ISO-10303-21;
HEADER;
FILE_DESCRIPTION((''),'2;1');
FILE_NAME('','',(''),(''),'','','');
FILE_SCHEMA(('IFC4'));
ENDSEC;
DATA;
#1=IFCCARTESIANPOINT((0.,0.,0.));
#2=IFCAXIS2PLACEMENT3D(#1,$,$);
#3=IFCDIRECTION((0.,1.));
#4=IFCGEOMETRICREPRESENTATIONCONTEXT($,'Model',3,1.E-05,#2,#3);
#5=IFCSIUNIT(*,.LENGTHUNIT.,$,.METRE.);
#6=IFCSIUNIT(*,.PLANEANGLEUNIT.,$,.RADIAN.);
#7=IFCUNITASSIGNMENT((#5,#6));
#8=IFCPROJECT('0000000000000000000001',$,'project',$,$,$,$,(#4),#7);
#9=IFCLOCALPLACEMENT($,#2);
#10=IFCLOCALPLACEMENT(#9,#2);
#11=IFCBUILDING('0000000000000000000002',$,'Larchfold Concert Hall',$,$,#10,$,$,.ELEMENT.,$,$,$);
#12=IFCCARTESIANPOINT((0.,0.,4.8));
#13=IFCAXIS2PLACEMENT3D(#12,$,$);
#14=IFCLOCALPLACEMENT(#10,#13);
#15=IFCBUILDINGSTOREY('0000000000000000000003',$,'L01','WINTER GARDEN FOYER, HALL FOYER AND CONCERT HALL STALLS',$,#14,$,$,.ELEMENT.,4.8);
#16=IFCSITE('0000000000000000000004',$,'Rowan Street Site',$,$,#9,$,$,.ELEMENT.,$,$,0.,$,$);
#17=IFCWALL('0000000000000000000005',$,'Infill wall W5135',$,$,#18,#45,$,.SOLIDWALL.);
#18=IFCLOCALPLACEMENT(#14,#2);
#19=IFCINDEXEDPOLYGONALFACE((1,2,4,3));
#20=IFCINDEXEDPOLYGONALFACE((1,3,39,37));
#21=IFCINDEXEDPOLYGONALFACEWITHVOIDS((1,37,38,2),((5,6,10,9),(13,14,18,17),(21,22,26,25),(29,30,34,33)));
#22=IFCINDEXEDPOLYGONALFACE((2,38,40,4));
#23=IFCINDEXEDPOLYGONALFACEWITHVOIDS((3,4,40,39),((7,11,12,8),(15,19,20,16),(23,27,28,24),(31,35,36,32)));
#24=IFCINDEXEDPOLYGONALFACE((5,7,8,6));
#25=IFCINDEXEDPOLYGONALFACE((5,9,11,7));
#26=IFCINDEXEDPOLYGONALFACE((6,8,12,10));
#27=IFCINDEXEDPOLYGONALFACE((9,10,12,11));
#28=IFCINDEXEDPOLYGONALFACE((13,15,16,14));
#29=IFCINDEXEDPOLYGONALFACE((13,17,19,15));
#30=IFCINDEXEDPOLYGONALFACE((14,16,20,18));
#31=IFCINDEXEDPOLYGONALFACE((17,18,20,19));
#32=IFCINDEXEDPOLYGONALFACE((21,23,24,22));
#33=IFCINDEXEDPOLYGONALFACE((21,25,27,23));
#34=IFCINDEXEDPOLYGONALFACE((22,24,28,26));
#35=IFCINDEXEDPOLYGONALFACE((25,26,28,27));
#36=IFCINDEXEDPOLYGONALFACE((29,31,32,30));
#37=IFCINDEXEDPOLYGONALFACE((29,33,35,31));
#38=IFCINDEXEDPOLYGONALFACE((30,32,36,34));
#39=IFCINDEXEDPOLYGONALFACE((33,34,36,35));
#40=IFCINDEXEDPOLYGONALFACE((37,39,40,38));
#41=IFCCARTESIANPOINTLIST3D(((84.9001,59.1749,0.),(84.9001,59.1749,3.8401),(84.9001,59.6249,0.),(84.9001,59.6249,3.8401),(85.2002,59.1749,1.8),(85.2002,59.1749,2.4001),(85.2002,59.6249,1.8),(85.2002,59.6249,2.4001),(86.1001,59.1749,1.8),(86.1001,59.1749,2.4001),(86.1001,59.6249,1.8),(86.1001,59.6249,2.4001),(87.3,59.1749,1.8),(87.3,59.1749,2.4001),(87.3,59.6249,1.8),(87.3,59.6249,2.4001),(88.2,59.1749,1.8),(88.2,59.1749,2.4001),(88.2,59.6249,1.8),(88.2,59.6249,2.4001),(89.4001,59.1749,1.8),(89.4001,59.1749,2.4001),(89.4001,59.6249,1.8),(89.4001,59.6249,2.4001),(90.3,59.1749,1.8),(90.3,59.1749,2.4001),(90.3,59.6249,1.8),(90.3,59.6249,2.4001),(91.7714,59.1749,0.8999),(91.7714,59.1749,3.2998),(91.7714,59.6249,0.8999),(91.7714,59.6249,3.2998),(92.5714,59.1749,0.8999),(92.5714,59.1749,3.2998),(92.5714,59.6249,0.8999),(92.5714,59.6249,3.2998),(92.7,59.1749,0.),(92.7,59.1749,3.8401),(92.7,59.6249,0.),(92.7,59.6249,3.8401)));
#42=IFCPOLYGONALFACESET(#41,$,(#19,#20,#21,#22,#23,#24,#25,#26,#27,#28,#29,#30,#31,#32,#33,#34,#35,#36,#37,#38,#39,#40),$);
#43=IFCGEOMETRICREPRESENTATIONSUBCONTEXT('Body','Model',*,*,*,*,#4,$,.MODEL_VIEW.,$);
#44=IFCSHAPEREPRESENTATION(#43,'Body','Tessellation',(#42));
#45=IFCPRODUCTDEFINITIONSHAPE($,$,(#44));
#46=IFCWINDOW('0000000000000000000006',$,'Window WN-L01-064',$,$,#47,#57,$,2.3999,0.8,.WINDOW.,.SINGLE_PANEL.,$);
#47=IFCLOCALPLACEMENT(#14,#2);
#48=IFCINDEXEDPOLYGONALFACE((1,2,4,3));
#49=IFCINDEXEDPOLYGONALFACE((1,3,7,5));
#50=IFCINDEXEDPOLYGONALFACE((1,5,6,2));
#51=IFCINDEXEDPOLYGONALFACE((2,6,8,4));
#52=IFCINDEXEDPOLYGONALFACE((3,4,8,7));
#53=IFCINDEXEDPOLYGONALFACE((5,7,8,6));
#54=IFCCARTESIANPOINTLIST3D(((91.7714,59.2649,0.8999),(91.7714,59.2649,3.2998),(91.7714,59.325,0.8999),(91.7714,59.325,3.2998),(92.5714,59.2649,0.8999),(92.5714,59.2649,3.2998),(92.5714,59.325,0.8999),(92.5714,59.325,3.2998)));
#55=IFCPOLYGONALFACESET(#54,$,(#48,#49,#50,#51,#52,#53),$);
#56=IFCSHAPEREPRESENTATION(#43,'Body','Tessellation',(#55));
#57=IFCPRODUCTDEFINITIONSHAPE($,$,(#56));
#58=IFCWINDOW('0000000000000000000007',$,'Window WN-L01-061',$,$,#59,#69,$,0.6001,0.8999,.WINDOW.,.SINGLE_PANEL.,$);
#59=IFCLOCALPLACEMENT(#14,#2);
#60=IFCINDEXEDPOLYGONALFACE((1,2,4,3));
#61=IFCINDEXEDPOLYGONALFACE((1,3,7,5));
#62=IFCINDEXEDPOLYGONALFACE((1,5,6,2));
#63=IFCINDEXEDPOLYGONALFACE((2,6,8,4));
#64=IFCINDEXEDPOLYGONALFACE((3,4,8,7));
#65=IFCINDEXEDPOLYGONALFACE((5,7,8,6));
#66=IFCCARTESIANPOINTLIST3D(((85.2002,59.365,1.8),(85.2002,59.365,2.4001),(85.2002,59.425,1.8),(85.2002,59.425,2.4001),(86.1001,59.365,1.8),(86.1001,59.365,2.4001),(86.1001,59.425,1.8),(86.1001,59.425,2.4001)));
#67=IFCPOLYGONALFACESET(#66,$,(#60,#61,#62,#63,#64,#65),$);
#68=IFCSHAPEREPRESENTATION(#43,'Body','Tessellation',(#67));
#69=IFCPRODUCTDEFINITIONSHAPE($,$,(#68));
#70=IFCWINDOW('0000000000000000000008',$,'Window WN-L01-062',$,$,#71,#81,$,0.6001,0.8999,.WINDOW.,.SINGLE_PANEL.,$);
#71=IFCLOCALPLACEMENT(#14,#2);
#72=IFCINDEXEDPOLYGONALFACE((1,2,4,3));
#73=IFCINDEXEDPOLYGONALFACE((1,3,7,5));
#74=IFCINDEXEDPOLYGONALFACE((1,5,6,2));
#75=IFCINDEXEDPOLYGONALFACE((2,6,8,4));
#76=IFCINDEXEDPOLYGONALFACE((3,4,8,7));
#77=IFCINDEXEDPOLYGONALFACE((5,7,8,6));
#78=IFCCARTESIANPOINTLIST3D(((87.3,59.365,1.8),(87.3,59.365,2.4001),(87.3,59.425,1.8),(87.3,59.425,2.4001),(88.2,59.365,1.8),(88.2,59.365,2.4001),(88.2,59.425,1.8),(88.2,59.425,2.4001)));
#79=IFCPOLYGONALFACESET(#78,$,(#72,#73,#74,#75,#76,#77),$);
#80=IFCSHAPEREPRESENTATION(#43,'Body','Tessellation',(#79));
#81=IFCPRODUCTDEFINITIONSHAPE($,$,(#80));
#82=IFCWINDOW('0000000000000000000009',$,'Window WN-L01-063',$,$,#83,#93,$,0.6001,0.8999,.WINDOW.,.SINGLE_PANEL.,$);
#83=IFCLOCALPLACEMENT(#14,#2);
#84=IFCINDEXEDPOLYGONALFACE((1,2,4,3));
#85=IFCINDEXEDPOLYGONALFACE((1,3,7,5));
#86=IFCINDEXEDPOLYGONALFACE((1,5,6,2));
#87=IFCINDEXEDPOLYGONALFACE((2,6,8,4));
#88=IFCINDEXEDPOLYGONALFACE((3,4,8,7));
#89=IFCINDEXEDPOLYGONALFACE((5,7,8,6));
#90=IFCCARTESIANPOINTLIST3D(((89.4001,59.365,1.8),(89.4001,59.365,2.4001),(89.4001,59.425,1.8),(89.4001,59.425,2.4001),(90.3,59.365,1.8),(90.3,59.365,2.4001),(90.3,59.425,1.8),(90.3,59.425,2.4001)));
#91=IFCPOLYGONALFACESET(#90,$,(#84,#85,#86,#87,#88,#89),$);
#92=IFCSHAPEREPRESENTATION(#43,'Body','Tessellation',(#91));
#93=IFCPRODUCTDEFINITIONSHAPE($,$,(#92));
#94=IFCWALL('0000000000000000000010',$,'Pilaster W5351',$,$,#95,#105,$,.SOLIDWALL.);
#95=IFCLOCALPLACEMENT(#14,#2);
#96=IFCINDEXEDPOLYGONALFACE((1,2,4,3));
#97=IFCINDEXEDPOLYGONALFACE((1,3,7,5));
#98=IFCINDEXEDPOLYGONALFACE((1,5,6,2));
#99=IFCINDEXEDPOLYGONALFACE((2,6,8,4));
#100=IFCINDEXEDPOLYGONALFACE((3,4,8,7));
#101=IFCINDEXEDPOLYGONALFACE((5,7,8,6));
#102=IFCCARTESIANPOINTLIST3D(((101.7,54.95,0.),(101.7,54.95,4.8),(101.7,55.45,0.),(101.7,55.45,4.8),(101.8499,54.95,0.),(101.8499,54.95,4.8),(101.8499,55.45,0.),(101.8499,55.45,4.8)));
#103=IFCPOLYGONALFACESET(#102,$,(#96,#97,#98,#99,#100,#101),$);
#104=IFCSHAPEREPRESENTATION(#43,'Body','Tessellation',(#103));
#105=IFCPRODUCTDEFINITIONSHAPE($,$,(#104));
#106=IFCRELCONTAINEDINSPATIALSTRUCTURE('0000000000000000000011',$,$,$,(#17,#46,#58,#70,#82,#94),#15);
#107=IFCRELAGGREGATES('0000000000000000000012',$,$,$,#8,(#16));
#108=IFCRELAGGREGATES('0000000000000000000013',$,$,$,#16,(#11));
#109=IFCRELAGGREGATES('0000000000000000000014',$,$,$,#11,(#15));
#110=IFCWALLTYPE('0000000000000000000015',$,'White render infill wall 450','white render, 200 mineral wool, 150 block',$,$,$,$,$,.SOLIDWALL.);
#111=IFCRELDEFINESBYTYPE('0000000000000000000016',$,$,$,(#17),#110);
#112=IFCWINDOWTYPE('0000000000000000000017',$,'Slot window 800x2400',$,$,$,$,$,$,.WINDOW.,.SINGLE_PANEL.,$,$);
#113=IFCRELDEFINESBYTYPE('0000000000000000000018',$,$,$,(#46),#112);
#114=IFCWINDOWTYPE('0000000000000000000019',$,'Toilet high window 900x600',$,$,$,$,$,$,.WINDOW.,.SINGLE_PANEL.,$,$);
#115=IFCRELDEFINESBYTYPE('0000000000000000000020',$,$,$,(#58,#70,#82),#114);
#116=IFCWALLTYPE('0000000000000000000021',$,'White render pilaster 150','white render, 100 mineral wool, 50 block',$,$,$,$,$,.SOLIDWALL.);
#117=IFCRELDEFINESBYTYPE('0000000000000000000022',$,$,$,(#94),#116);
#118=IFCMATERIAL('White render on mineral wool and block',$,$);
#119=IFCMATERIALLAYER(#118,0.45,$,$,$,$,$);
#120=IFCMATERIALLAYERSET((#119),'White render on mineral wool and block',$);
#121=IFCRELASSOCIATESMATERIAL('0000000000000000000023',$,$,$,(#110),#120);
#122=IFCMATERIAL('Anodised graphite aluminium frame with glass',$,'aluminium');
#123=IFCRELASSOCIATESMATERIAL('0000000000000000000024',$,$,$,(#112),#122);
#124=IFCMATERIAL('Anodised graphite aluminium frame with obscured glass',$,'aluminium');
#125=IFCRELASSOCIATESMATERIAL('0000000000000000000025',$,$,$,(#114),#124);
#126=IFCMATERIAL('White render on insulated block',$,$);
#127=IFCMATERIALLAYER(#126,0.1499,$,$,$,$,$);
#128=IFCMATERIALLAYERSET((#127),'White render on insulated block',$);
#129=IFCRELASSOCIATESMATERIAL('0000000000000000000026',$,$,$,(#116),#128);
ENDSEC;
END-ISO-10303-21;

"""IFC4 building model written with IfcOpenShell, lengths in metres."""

from ifc_helpers import new_model, si_unit, direction, frame, frame_2d, origin, place, context, subcontext, project, spatial, rectangle, extrude, material, layer, layer_set, type_object, element, fill, save


model = new_model("IFC4")

# Units and contexts
model_context = context("Model", 3, precision=1e-05, world=origin(), true_north=direction((0.0, 1.0)))
body_context = subcontext(model_context, "Body", "Model", "MODEL_VIEW")
ifc_project = project(units=[si_unit("LENGTHUNIT", "METRE"), si_unit("PLANEANGLEUNIT", "RADIAN")], contexts=[model_context])

# Site, building, storey
site_placement = place(None, origin())
site = spatial("IfcSite", under=ifc_project, at=site_placement, Name="Rowan Street Site", CompositionType="ELEMENT", RefElevation=0.0)
building_placement = place(site_placement, origin())
building = spatial("IfcBuilding", under=site, at=building_placement, Name="Larchfold Concert Hall", CompositionType="ELEMENT")
storey_placement = place(building_placement, frame((0.0, 0.0, 4.8)))
storey = spatial("IfcBuildingStorey", under=building, at=storey_placement, Name="L01", Description="WINTER GARDEN FOYER, HALL FOYER AND CONCERT HALL STALLS", CompositionType="ELEMENT", Elevation=4.8)

# Wall, openings, windows
ifc_material_1 = material(Name="White render on mineral wool and block")
ifc_layer_1 = layer(ifc_material_1, 0.45)
ifc_layer_set_1 = layer_set([ifc_layer_1], Name="White render on mineral wool and block")
wall_type_1 = type_object("IfcWallType", Name="White render infill wall 450", Description="white render, 200 mineral wool, 150 block", PredefinedType="SOLIDWALL", material=ifc_layer_set_1)
wall_1_placement = place(storey_placement, frame((92.7, 59.3999, 0.0), z_axis=(0.0, 0.0, 1.0), x_axis=(-1.0, 0.0, 0.0)))
wall_1 = element("IfcWall", 1, at=wall_1_placement, inside=storey, type_object=wall_type_1, Name="Infill wall W5135", PredefinedType="SOLIDWALL", context=body_context, shape_type="SweptSolid", body=[
    extrude(rectangle(XDim=7.7998, YDim=0.45, at=frame_2d((3.8999, 0.0))), origin(), (0.0, 0.0, 1.0), 3.8401),
])
opening_1_placement = place(wall_1_placement, frame((6.5999, 0.0, 1.8)))
opening_1 = element("IfcOpeningElement", 2, at=opening_1_placement, cuts=wall_1, PredefinedType="OPENING", context=body_context, shape_type="SweptSolid", body=[
    extrude(rectangle(XDim=0.8999, YDim=0.6001, at=frame_2d((0.45, 0.3))), frame((0.0, 0.2349, 0.0), z_axis=(0.0, -1.0, 0.0), x_axis=(1.0, 0.0, 0.0)), (0.0, 0.0, 1.0), 0.47),
])
opening_2_placement = place(wall_1_placement, frame((4.5, 0.0, 1.8)))
opening_2 = element("IfcOpeningElement", 3, at=opening_2_placement, cuts=wall_1, PredefinedType="OPENING", context=body_context, shape_type="SweptSolid", body=[
    extrude(rectangle(XDim=0.8999, YDim=0.6001, at=frame_2d((0.45, 0.3))), frame((0.0, 0.2349, 0.0), z_axis=(0.0, -1.0, 0.0), x_axis=(1.0, 0.0, 0.0)), (0.0, 0.0, 1.0), 0.47),
])
opening_3_placement = place(wall_1_placement, frame((2.3999, 0.0, 1.8)))
opening_3 = element("IfcOpeningElement", 4, at=opening_3_placement, cuts=wall_1, PredefinedType="OPENING", context=body_context, shape_type="SweptSolid", body=[
    extrude(rectangle(XDim=0.8999, YDim=0.6001, at=frame_2d((0.45, 0.3))), frame((0.0, 0.2349, 0.0), z_axis=(0.0, -1.0, 0.0), x_axis=(1.0, 0.0, 0.0)), (0.0, 0.0, 1.0), 0.47),
])
opening_4_placement = place(wall_1_placement, frame((0.1287, 0.0, 0.8999)))
opening_4 = element("IfcOpeningElement", 5, at=opening_4_placement, cuts=wall_1, PredefinedType="OPENING", context=body_context, shape_type="SweptSolid", body=[
    extrude(rectangle(XDim=0.8, YDim=2.3999, at=frame_2d((0.3999, 1.2))), frame((0.0, 0.2349, 0.0), z_axis=(0.0, -1.0, 0.0), x_axis=(1.0, 0.0, 0.0)), (0.0, 0.0, 1.0), 0.47),
])
ifc_material_2 = material(Name="Anodised graphite aluminium frame with glass", Category="aluminium")
window_type_1 = type_object("IfcWindowType", Name="Slot window 800x2400", PartitioningType="SINGLE_PANEL", PredefinedType="WINDOW", material=ifc_material_2)
window_1_placement = place(opening_4_placement, origin())
window_1 = element("IfcWindow", 6, at=window_1_placement, inside=storey, type_object=window_type_1, Name="Window WN-L01-064", OverallHeight=2.3999, OverallWidth=0.8, PartitioningType="SINGLE_PANEL", PredefinedType="WINDOW", context=body_context, shape_type="SweptSolid", body=[
    extrude(rectangle(XDim=0.8, YDim=2.3999, at=frame_2d((0.3999, 1.2))), frame((0.0, 0.135, 0.0), z_axis=(0.0, -1.0, 0.0), x_axis=(1.0, 0.0, 0.0)), (0.0, 0.0, 1.0), 0.0601),
])
fill(opening_4, window_1)
ifc_material_3 = material(Name="Anodised graphite aluminium frame with obscured glass", Category="aluminium")
window_type_2 = type_object("IfcWindowType", Name="Toilet high window 900x600", PartitioningType="SINGLE_PANEL", PredefinedType="WINDOW", material=ifc_material_3)
window_2_placement = place(opening_1_placement, origin())
window_2 = element("IfcWindow", 7, at=window_2_placement, inside=storey, type_object=window_type_2, Name="Window WN-L01-061", OverallHeight=0.6001, OverallWidth=0.8999, PartitioningType="SINGLE_PANEL", PredefinedType="WINDOW", context=body_context, shape_type="SweptSolid", body=[
    extrude(rectangle(XDim=0.8999, YDim=0.6001, at=frame_2d((0.45, 0.3))), frame((0.0, 0.0349, 0.0), z_axis=(0.0, -1.0, 0.0), x_axis=(1.0, 0.0, 0.0)), (0.0, 0.0, 1.0), 0.0601),
])
fill(opening_1, window_2)
window_3_placement = place(opening_2_placement, origin())
window_3 = element("IfcWindow", 8, at=window_3_placement, inside=storey, type_object=window_type_2, Name="Window WN-L01-062", OverallHeight=0.6001, OverallWidth=0.8999, PartitioningType="SINGLE_PANEL", PredefinedType="WINDOW", context=body_context, shape_type="SweptSolid", body=[
    extrude(rectangle(XDim=0.8999, YDim=0.6001, at=frame_2d((0.45, 0.3))), frame((0.0, 0.0349, 0.0), z_axis=(0.0, -1.0, 0.0), x_axis=(1.0, 0.0, 0.0)), (0.0, 0.0, 1.0), 0.0601),
])
fill(opening_2, window_3)
window_4_placement = place(opening_3_placement, origin())
window_4 = element("IfcWindow", 9, at=window_4_placement, inside=storey, type_object=window_type_2, Name="Window WN-L01-063", OverallHeight=0.6001, OverallWidth=0.8999, PartitioningType="SINGLE_PANEL", PredefinedType="WINDOW", context=body_context, shape_type="SweptSolid", body=[
    extrude(rectangle(XDim=0.8999, YDim=0.6001, at=frame_2d((0.45, 0.3))), frame((0.0, 0.0349, 0.0), z_axis=(0.0, -1.0, 0.0), x_axis=(1.0, 0.0, 0.0)), (0.0, 0.0, 1.0), 0.0601),
])
fill(opening_3, window_4)

# Wall
ifc_material_4 = material(Name="White render on insulated block")
ifc_layer_2 = layer(ifc_material_4, 0.1499)
ifc_layer_set_2 = layer_set([ifc_layer_2], Name="White render on insulated block")
wall_type_2 = type_object("IfcWallType", Name="White render pilaster 150", Description="white render, 100 mineral wool, 50 block", PredefinedType="SOLIDWALL", material=ifc_layer_set_2)
wall_2_placement = place(storey_placement, frame((101.7749, 54.95, 0.0), z_axis=(0.0, 0.0, 1.0), x_axis=(0.0, 1.0, 0.0)))
element("IfcWall", 10, at=wall_2_placement, inside=storey, type_object=wall_type_2, Name="Pilaster W5351", PredefinedType="SOLIDWALL", context=body_context, shape_type="SweptSolid", body=[
    extrude(rectangle(XDim=0.5, YDim=0.1499, at=frame_2d((0.25, 0.0))), origin(), (0.0, 0.0, 1.0), 4.8),
])

save(model, "model.ifc")
